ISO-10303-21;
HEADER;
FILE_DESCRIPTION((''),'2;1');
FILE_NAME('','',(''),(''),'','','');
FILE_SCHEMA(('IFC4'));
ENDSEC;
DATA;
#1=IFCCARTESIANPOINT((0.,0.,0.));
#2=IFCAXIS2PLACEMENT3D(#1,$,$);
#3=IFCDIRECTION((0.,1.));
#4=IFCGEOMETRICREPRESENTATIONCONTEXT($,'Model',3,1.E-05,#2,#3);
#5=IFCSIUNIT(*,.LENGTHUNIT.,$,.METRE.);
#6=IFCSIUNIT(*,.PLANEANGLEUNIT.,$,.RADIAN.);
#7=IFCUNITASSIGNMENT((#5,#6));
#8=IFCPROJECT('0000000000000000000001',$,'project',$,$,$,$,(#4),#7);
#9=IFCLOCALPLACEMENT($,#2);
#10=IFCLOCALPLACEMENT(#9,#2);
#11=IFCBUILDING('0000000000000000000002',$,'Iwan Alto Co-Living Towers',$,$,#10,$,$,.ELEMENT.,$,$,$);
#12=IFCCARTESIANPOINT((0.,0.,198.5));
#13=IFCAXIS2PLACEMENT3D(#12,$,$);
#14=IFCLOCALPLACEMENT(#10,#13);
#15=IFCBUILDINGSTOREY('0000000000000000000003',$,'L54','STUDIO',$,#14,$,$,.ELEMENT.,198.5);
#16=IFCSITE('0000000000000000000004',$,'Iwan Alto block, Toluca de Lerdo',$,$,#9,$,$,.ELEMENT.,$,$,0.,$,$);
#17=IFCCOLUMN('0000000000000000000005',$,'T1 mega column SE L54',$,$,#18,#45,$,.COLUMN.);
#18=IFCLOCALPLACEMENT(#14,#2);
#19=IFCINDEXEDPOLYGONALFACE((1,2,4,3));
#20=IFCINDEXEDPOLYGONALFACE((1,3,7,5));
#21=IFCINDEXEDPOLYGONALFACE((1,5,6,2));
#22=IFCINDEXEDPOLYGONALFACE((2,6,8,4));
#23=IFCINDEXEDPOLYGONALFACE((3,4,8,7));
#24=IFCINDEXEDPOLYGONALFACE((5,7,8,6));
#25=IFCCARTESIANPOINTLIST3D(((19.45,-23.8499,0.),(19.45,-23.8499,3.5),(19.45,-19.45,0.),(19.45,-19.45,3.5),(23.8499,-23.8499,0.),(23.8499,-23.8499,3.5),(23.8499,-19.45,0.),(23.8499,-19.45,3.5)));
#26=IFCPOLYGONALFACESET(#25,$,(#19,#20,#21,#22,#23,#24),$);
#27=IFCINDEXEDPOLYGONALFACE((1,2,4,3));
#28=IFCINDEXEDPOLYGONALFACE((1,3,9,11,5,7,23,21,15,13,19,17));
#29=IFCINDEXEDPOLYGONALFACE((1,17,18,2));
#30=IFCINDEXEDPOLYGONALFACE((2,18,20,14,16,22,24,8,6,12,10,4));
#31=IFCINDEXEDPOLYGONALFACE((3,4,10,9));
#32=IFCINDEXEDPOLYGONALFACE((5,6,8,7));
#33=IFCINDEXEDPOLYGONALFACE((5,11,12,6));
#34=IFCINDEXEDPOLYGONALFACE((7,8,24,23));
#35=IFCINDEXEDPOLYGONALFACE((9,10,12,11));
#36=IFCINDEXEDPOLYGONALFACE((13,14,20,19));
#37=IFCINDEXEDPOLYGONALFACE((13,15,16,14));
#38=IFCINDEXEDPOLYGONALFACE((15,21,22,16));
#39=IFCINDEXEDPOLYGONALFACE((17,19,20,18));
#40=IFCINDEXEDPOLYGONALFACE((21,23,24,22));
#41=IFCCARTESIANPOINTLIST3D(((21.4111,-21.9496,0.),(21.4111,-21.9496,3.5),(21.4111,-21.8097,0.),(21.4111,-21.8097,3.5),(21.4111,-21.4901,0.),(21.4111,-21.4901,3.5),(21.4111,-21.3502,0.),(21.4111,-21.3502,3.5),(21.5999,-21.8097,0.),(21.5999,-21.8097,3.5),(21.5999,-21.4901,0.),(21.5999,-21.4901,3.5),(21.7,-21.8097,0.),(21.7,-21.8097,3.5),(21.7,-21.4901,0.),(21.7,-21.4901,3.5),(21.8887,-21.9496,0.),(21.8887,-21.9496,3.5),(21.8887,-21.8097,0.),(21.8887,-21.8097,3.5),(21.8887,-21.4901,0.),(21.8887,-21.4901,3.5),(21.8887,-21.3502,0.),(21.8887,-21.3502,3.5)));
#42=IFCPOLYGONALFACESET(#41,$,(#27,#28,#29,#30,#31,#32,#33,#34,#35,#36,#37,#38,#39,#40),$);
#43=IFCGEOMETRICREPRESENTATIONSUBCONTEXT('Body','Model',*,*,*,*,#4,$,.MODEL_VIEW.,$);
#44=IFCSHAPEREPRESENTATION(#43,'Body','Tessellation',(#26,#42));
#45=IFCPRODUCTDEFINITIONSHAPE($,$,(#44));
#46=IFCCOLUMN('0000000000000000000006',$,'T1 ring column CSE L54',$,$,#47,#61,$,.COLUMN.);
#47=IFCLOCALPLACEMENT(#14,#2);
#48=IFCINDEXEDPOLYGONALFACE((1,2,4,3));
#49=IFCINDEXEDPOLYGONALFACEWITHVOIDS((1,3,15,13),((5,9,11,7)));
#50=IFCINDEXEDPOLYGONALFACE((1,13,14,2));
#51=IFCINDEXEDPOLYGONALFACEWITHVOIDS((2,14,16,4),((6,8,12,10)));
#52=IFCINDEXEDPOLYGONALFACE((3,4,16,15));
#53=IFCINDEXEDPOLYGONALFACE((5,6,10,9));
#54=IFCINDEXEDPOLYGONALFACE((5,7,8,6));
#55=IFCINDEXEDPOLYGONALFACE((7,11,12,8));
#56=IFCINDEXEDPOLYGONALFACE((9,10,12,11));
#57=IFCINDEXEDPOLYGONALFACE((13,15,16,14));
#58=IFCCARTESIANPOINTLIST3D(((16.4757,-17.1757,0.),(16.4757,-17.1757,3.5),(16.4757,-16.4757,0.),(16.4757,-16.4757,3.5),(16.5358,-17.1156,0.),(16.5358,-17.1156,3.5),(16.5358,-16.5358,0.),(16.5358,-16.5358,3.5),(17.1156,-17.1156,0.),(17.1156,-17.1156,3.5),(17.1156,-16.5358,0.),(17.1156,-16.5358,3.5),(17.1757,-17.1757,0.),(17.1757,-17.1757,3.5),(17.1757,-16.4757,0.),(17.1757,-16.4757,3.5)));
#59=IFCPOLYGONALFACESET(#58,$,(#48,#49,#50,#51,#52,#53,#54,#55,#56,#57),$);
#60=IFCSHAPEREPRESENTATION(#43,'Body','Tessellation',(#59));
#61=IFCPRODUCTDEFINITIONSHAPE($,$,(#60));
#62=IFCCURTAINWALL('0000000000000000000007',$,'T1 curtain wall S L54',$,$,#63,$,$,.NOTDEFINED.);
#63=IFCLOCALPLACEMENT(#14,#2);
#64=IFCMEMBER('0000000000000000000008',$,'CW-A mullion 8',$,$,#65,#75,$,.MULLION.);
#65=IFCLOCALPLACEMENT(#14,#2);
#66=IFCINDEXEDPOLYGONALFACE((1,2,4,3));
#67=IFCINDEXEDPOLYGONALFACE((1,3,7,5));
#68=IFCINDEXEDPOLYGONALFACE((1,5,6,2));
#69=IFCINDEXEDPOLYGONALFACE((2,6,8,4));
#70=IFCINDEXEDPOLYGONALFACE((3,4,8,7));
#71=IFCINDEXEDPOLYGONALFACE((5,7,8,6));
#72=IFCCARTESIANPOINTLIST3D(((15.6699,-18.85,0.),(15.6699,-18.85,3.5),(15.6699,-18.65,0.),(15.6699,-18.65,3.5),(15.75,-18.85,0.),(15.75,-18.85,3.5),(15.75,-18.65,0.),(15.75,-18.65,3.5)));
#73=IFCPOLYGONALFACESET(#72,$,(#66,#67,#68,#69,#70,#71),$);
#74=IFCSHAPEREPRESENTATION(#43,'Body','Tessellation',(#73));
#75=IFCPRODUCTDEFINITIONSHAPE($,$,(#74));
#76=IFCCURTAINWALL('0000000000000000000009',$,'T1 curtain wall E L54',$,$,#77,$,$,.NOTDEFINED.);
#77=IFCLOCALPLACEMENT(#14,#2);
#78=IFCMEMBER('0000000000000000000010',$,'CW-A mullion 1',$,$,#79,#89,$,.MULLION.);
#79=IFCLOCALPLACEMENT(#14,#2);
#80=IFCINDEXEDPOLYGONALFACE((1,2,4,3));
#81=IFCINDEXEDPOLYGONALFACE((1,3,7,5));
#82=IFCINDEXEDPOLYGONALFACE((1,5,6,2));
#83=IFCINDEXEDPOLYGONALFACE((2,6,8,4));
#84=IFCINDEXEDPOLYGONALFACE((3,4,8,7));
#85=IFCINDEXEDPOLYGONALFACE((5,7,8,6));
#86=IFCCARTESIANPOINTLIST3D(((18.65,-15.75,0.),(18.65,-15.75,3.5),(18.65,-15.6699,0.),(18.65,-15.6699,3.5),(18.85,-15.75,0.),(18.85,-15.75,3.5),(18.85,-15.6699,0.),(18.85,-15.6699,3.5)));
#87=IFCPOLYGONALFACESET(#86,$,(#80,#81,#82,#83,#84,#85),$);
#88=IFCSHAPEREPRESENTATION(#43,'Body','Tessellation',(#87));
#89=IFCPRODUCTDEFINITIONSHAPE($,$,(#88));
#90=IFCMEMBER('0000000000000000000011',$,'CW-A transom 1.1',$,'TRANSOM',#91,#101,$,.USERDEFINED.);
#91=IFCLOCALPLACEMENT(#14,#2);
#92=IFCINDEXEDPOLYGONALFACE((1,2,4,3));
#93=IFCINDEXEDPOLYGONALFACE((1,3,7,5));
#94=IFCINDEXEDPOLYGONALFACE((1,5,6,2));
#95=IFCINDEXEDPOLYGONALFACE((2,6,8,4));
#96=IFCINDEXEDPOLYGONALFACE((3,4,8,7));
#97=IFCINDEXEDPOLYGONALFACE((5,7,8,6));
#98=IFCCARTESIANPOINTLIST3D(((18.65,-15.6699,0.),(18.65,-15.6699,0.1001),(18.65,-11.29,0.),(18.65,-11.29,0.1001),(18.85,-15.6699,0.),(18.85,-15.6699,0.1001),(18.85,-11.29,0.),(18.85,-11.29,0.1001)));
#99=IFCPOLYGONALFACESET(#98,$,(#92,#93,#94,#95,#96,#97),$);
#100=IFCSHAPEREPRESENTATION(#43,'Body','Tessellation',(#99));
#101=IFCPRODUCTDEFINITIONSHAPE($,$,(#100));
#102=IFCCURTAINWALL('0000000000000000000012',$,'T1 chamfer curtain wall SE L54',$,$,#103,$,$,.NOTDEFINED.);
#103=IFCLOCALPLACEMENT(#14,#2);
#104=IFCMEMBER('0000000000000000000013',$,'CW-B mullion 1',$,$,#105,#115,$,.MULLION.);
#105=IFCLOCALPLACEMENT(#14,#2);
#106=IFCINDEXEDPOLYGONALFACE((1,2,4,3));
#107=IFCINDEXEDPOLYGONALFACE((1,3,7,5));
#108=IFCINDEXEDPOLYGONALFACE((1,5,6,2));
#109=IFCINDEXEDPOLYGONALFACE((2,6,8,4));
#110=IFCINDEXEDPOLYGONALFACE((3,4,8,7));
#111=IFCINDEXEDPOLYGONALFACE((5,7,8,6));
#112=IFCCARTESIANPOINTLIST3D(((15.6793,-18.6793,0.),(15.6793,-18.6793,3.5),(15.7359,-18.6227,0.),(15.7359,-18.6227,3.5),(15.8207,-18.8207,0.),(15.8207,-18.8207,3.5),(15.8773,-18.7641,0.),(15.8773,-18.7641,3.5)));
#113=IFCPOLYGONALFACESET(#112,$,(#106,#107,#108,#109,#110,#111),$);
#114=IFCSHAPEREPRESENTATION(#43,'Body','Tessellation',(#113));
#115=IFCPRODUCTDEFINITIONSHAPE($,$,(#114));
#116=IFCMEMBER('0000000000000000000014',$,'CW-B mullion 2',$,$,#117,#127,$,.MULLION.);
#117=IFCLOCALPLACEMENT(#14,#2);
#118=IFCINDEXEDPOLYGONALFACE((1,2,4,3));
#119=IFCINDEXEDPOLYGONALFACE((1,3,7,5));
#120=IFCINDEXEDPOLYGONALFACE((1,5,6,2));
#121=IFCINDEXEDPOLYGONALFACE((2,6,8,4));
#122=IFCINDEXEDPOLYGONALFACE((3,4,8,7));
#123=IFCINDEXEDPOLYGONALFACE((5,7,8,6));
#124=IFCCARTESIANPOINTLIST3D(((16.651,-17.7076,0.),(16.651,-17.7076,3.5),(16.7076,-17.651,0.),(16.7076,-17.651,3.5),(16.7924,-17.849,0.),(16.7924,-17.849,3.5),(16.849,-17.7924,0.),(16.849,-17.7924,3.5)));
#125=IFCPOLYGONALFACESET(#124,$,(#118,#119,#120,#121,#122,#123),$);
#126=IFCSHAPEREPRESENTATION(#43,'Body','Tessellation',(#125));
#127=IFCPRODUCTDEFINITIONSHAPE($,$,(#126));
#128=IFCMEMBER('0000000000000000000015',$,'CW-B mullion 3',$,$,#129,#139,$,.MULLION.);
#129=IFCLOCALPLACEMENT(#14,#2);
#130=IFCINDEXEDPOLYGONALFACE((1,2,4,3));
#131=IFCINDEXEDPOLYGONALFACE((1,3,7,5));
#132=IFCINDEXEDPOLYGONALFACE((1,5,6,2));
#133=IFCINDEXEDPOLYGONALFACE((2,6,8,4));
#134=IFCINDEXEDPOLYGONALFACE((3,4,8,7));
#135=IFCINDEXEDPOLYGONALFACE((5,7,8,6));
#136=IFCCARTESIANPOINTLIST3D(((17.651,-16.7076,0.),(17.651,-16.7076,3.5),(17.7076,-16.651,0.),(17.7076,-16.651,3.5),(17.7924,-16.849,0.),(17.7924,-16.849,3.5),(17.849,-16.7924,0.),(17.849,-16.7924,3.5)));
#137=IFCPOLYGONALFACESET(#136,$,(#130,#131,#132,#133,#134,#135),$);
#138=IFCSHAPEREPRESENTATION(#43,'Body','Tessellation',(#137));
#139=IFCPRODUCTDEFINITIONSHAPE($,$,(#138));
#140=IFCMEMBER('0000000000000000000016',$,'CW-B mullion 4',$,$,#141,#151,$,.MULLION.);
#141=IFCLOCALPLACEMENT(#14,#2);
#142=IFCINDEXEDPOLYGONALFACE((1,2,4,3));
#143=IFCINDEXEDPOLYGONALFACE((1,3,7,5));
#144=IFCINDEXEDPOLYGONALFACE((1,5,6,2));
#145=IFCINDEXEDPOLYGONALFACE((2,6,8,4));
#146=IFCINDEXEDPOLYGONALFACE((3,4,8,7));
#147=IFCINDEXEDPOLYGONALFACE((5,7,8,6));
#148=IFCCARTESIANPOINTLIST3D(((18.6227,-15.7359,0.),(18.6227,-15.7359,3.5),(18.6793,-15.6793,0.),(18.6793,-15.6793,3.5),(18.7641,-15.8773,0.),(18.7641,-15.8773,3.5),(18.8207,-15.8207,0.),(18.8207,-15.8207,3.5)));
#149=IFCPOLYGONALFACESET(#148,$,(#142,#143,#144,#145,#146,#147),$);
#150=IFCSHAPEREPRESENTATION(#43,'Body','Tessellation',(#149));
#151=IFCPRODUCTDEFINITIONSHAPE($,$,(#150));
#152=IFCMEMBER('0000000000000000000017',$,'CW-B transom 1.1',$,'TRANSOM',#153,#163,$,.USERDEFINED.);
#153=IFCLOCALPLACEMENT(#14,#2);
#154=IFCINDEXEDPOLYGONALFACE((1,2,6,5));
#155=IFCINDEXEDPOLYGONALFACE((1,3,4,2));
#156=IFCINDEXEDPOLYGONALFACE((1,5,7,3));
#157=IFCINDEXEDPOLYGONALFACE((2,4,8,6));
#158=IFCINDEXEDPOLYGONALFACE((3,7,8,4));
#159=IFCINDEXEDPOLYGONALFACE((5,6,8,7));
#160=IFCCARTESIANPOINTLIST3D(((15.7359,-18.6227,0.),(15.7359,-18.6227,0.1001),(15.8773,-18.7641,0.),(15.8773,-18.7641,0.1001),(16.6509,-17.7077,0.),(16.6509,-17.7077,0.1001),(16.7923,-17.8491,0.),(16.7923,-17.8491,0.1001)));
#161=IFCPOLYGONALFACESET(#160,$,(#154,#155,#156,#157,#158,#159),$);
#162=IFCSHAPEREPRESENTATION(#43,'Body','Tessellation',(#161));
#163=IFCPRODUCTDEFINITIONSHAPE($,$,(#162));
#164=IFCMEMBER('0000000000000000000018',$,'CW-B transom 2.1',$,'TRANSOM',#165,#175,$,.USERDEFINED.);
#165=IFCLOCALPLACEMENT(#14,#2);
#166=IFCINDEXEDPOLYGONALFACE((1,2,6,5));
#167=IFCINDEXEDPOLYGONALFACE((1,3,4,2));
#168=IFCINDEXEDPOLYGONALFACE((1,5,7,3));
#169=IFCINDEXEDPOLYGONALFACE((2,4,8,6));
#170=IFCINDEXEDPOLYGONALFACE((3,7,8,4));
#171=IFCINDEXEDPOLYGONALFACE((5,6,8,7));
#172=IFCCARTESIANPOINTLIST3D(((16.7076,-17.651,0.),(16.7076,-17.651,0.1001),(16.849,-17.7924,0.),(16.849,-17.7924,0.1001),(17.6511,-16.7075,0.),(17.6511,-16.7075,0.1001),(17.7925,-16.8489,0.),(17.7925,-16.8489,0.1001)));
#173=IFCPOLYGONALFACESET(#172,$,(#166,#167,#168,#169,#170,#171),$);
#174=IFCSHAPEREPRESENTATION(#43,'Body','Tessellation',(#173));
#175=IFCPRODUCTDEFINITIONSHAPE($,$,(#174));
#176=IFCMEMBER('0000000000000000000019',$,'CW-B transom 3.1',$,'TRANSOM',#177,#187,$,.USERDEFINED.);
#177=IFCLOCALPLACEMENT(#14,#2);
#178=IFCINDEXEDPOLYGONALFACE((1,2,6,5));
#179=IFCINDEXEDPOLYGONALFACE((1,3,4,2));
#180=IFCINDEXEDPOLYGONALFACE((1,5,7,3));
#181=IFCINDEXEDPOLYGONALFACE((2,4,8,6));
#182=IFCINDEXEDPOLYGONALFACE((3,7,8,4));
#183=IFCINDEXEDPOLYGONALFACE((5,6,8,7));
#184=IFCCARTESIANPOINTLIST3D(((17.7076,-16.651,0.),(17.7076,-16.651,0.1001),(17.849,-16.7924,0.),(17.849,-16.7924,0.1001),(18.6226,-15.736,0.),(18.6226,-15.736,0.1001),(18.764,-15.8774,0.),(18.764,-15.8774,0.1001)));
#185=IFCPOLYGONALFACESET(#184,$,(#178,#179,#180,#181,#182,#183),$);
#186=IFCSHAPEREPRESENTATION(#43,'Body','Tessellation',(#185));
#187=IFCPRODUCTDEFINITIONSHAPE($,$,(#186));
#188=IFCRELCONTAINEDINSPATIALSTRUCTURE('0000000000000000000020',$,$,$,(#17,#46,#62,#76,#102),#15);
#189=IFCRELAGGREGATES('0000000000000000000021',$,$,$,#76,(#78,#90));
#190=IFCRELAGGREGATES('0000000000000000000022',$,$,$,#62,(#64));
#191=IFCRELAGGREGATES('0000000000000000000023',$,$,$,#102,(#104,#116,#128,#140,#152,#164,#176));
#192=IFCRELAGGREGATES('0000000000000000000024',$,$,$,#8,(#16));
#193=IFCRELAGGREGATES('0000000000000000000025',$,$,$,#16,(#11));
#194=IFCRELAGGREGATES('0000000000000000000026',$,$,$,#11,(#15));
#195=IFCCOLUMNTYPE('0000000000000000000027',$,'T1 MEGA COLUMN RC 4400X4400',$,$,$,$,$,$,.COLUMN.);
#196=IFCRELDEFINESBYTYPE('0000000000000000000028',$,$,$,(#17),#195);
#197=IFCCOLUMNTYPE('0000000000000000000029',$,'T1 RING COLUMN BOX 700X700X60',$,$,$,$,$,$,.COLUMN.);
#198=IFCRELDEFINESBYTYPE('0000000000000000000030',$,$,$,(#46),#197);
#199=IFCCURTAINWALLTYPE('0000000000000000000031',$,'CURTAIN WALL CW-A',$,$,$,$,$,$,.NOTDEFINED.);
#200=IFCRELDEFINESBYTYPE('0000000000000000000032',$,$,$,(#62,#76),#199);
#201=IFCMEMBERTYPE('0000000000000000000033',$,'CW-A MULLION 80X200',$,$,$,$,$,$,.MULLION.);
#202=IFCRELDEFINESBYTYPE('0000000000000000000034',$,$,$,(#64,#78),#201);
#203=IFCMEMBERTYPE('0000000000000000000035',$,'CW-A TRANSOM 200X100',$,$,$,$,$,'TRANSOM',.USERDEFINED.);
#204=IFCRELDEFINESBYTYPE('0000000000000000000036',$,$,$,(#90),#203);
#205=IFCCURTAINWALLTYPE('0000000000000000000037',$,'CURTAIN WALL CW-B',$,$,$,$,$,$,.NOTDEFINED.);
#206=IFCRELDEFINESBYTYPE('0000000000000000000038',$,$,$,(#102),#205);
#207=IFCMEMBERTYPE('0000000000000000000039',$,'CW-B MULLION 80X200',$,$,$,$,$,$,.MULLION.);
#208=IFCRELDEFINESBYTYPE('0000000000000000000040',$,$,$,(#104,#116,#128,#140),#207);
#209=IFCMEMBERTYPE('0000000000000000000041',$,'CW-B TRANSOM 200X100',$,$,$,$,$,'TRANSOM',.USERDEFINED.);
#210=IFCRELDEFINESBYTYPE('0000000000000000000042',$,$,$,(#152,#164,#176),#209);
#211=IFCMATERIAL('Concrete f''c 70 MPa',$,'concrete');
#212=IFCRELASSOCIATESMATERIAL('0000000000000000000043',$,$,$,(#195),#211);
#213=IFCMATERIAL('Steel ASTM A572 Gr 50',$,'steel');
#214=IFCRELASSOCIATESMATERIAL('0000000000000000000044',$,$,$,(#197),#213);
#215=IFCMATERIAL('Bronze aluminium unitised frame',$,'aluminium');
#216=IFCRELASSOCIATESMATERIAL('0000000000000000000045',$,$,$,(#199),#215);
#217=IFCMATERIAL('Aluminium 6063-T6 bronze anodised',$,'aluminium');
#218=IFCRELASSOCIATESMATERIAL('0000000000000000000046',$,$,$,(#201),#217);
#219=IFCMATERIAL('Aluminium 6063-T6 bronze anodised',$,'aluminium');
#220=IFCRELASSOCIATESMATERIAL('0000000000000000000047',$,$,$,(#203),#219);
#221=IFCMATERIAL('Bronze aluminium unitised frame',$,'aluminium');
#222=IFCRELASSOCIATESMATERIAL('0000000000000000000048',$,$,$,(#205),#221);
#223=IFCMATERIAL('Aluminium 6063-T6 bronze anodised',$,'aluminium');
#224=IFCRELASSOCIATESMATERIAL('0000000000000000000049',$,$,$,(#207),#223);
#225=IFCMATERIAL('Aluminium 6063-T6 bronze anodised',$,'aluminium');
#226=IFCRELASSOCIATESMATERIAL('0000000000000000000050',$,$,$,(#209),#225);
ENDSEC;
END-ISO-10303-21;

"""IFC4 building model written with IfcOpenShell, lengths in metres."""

from ifc_helpers import new_model, si_unit, direction, frame, origin, origin_2d, place, context, subcontext, project, spatial, rectangle, hollow_rectangle, i_section, extrude, material, material_profile, profile_set, type_object, element, aggregate, save


model = new_model("IFC4")

# Units and contexts
model_context = context("Model", 3, precision=1e-05, world=origin(), true_north=direction((0.0, 1.0)))
body_context = subcontext(model_context, "Body", "Model", "MODEL_VIEW")
ifc_project = project(units=[si_unit("LENGTHUNIT", "METRE"), si_unit("PLANEANGLEUNIT", "RADIAN")], contexts=[model_context])

# Site, building, storey
site_placement = place(None, origin())
site = spatial("IfcSite", under=ifc_project, at=site_placement, Name="Iwan Alto block, Toluca de Lerdo", CompositionType="ELEMENT", RefElevation=0.0)
building_placement = place(site_placement, origin())
building = spatial("IfcBuilding", under=site, at=building_placement, Name="Iwan Alto Co-Living Towers", CompositionType="ELEMENT")
storey_placement = place(building_placement, frame((0.0, 0.0, 198.5)))
storey = spatial("IfcBuildingStorey", under=building, at=storey_placement, Name="L54", Description="STUDIO", CompositionType="ELEMENT", Elevation=198.5)

# Columns
ifc_material_1 = material(Name="Concrete f'c 70 MPa", Category="concrete")
ifc_material_profile_1 = material_profile(ifc_material_1, rectangle(XDim=4.3999, YDim=4.3999, at=origin_2d()), Name="RC 4400X4400")
ifc_profile_set_1 = profile_set([ifc_material_profile_1], Name="Concrete f'c 70 MPa")
column_type_1 = type_object("IfcColumnType", Name="T1 MEGA COLUMN RC 4400X4400", PredefinedType="COLUMN", material=ifc_profile_set_1)
column_1_placement = place(storey_placement, frame((21.6499, -21.6499, 0.0), z_axis=(0.0, 0.0, 1.0), x_axis=(1.0, 0.0, 0.0)))
element("IfcColumn", 1, at=column_1_placement, inside=storey, type_object=column_type_1, Name="T1 mega column SE L54", PredefinedType="COLUMN", context=body_context, shape_type="SweptSolid", body=[
    extrude(rectangle(XDim=4.3999, YDim=4.3999, at=origin_2d()), origin(), (0.0, 0.0, 1.0), 3.5),
    extrude(i_section(OverallWidth=0.4775, OverallDepth=0.5994, WebThickness=0.1001, FlangeThickness=0.1399, at=origin_2d()), origin(), (0.0, 0.0, 1.0), 3.5),
])
ifc_material_2 = material(Name="Steel ASTM A572 Gr 50", Category="steel")
ifc_material_profile_2 = material_profile(ifc_material_2, hollow_rectangle(XDim=0.7, YDim=0.7, WallThickness=0.0601, at=origin_2d()), Name="BOX 700X700X60")
ifc_profile_set_2 = profile_set([ifc_material_profile_2], Name="Steel ASTM A572 Gr 50")
column_type_2 = type_object("IfcColumnType", Name="T1 RING COLUMN BOX 700X700X60", PredefinedType="COLUMN", material=ifc_profile_set_2)
column_2_placement = place(storey_placement, frame((16.8257, -16.8257, 0.0), z_axis=(0.0, 0.0, 1.0), x_axis=(1.0, 0.0, 0.0)))
element("IfcColumn", 2, at=column_2_placement, inside=storey, type_object=column_type_2, Name="T1 ring column CSE L54", PredefinedType="COLUMN", context=body_context, shape_type="SweptSolid", body=[
    extrude(hollow_rectangle(XDim=0.7, YDim=0.7, WallThickness=0.0601, at=origin_2d()), origin(), (0.0, 0.0, 1.0), 3.5),
])

# Curtain wall, member
ifc_material_3 = material(Name="Bronze aluminium unitised frame", Category="aluminium")
curtain_wall_type_1 = type_object("IfcCurtainWallType", Name="CURTAIN WALL CW-A", PredefinedType="NOTDEFINED", material=ifc_material_3)
curtain_wall_1_placement = place(storey_placement, origin())
curtain_wall_1 = element("IfcCurtainWall", 3, at=curtain_wall_1_placement, inside=storey, type_object=curtain_wall_type_1, Name="T1 curtain wall S L54", PredefinedType="NOTDEFINED")
ifc_material_4 = material(Name="Aluminium 6063-T6 bronze anodised", Category="aluminium")
ifc_material_profile_3 = material_profile(ifc_material_4, rectangle(XDim=0.2, YDim=0.0801, at=origin_2d()), Name="AL 80X200")
ifc_profile_set_3 = profile_set([ifc_material_profile_3], Name="Aluminium 6063-T6 bronze anodised")
member_type_1 = type_object("IfcMemberType", Name="CW-A MULLION 80X200", PredefinedType="MULLION", material=ifc_profile_set_3)
member_1_placement = place(storey_placement, frame((15.71, -18.75, 0.0), z_axis=(0.0, 0.0, 1.0), x_axis=(0.0, 1.0, 0.0)))
member_1 = element("IfcMember", 4, at=member_1_placement, type_object=member_type_1, Name="CW-A mullion 8", PredefinedType="MULLION", context=body_context, shape_type="SweptSolid", body=[
    extrude(rectangle(XDim=0.2, YDim=0.0801, at=origin_2d()), origin(), (0.0, 0.0, 1.0), 3.5),
])

# Curtain walls, members
curtain_wall_2_placement = place(storey_placement, origin())
curtain_wall_2 = element("IfcCurtainWall", 5, at=curtain_wall_2_placement, inside=storey, type_object=curtain_wall_type_1, Name="T1 curtain wall E L54", PredefinedType="NOTDEFINED")
member_2_placement = place(storey_placement, frame((18.75, -15.71, 0.0), z_axis=(0.0, 0.0, 1.0), x_axis=(-1.0, 0.0, 0.0)))
member_2 = element("IfcMember", 6, at=member_2_placement, type_object=member_type_1, Name="CW-A mullion 1", PredefinedType="MULLION", context=body_context, shape_type="SweptSolid", body=[
    extrude(rectangle(XDim=0.2, YDim=0.0801, at=origin_2d()), origin(), (0.0, 0.0, 1.0), 3.5),
])
ifc_material_5 = material(Name="Aluminium 6063-T6 bronze anodised", Category="aluminium")
ifc_material_profile_4 = material_profile(ifc_material_5, rectangle(XDim=0.2, YDim=0.1001, at=origin_2d()), Name="AL 200X100")
ifc_profile_set_4 = profile_set([ifc_material_profile_4], Name="Aluminium 6063-T6 bronze anodised")
member_type_2 = type_object("IfcMemberType", Name="CW-A TRANSOM 200X100", ElementType="TRANSOM", PredefinedType="USERDEFINED", material=ifc_profile_set_4)
member_3_placement = place(storey_placement, frame((18.75, -15.6699, 0.05), z_axis=(0.0, 1.0, 0.0), x_axis=(-1.0, 0.0, 0.0)))
member_3 = element("IfcMember", 7, at=member_3_placement, type_object=member_type_2, Name="CW-A transom 1.1", ObjectType="TRANSOM", PredefinedType="USERDEFINED", context=body_context, shape_type="SweptSolid", body=[
    extrude(rectangle(XDim=0.2, YDim=0.1001, at=origin_2d()), origin(), (0.0, 0.0, 1.0), 4.3799),
])
aggregate(curtain_wall_2, [member_2, member_3])
ifc_material_6 = material(Name="Bronze aluminium unitised frame", Category="aluminium")
curtain_wall_type_2 = type_object("IfcCurtainWallType", Name="CURTAIN WALL CW-B", PredefinedType="NOTDEFINED", material=ifc_material_6)
curtain_wall_3_placement = place(storey_placement, origin())
curtain_wall_3 = element("IfcCurtainWall", 8, at=curtain_wall_3_placement, inside=storey, type_object=curtain_wall_type_2, Name="T1 chamfer curtain wall SE L54", PredefinedType="NOTDEFINED")
ifc_material_7 = material(Name="Aluminium 6063-T6 bronze anodised", Category="aluminium")
ifc_material_profile_5 = material_profile(ifc_material_7, rectangle(XDim=0.2, YDim=0.0801, at=origin_2d()), Name="AL 80X200")
ifc_profile_set_5 = profile_set([ifc_material_profile_5], Name="Aluminium 6063-T6 bronze anodised")
member_type_3 = type_object("IfcMemberType", Name="CW-B MULLION 80X200", PredefinedType="MULLION", material=ifc_profile_set_5)
member_4_placement = place(storey_placement, frame((15.7783, -18.7217, 0.0), z_axis=(0.0, 0.0, 1.0), x_axis=(-0.707107, 0.707107, 0.0)))
member_4 = element("IfcMember", 9, at=member_4_placement, type_object=member_type_3, Name="CW-B mullion 1", PredefinedType="MULLION", context=body_context, shape_type="SweptSolid", body=[
    extrude(rectangle(XDim=0.2, YDim=0.0801, at=origin_2d()), origin(), (0.0, 0.0, 1.0), 3.5),
])
member_5_placement = place(storey_placement, frame((16.75, -17.75, 0.0), z_axis=(0.0, 0.0, 1.0), x_axis=(-0.707107, 0.707107, 0.0)))
member_5 = element("IfcMember", 10, at=member_5_placement, type_object=member_type_3, Name="CW-B mullion 2", PredefinedType="MULLION", context=body_context, shape_type="SweptSolid", body=[
    extrude(rectangle(XDim=0.2, YDim=0.0801, at=origin_2d()), origin(), (0.0, 0.0, 1.0), 3.5),
])
member_6_placement = place(storey_placement, frame((17.75, -16.75, 0.0), z_axis=(0.0, 0.0, 1.0), x_axis=(-0.707107, 0.707107, 0.0)))
member_6 = element("IfcMember", 11, at=member_6_placement, type_object=member_type_3, Name="CW-B mullion 3", PredefinedType="MULLION", context=body_context, shape_type="SweptSolid", body=[
    extrude(rectangle(XDim=0.2, YDim=0.0801, at=origin_2d()), origin(), (0.0, 0.0, 1.0), 3.5),
])
member_7_placement = place(storey_placement, frame((18.7217, -15.7783, 0.0), z_axis=(0.0, 0.0, 1.0), x_axis=(-0.707107, 0.707107, 0.0)))
member_7 = element("IfcMember", 12, at=member_7_placement, type_object=member_type_3, Name="CW-B mullion 4", PredefinedType="MULLION", context=body_context, shape_type="SweptSolid", body=[
    extrude(rectangle(XDim=0.2, YDim=0.0801, at=origin_2d()), origin(), (0.0, 0.0, 1.0), 3.5),
])
ifc_material_8 = material(Name="Aluminium 6063-T6 bronze anodised", Category="aluminium")
ifc_material_profile_6 = material_profile(ifc_material_8, rectangle(XDim=0.2, YDim=0.1001, at=origin_2d()), Name="AL 200X100")
ifc_profile_set_6 = profile_set([ifc_material_profile_6], Name="Aluminium 6063-T6 bronze anodised")
member_type_4 = type_object("IfcMemberType", Name="CW-B TRANSOM 200X100", ElementType="TRANSOM", PredefinedType="USERDEFINED", material=ifc_profile_set_6)
member_8_placement = place(storey_placement, frame((15.8066, -18.6934, 0.05), z_axis=(0.707107, 0.707107, 0.0), x_axis=(-0.707107, 0.707107, 0.0)))
member_8 = element("IfcMember", 13, at=member_8_placement, type_object=member_type_4, Name="CW-B transom 1.1", ObjectType="TRANSOM", PredefinedType="USERDEFINED", context=body_context, shape_type="SweptSolid", body=[
    extrude(rectangle(XDim=0.2, YDim=0.1001, at=origin_2d()), origin(), (0.0, 0.0, 1.0), 1.2939),
])
member_9_placement = place(storey_placement, frame((16.7783, -17.7217, 0.05), z_axis=(0.707107, 0.707107, 0.0), x_axis=(-0.707107, 0.707107, 0.0)))
member_9 = element("IfcMember", 14, at=member_9_placement, type_object=member_type_4, Name="CW-B transom 2.1", ObjectType="TRANSOM", PredefinedType="USERDEFINED", context=body_context, shape_type="SweptSolid", body=[
    extrude(rectangle(XDim=0.2, YDim=0.1001, at=origin_2d()), origin(), (0.0, 0.0, 1.0), 1.3342),
])
member_10_placement = place(storey_placement, frame((17.7783, -16.7217, 0.05), z_axis=(0.707107, 0.707107, 0.0), x_axis=(-0.707107, 0.707107, 0.0)))
member_10 = element("IfcMember", 15, at=member_10_placement, type_object=member_type_4, Name="CW-B transom 3.1", ObjectType="TRANSOM", PredefinedType="USERDEFINED", context=body_context, shape_type="SweptSolid", body=[
    extrude(rectangle(XDim=0.2, YDim=0.1001, at=origin_2d()), origin(), (0.0, 0.0, 1.0), 1.2939),
])

aggregate(curtain_wall_1, [member_1])
aggregate(curtain_wall_3, [member_4, member_5, member_6, member_7, member_8, member_9, member_10])

save(model, "model.ifc")
